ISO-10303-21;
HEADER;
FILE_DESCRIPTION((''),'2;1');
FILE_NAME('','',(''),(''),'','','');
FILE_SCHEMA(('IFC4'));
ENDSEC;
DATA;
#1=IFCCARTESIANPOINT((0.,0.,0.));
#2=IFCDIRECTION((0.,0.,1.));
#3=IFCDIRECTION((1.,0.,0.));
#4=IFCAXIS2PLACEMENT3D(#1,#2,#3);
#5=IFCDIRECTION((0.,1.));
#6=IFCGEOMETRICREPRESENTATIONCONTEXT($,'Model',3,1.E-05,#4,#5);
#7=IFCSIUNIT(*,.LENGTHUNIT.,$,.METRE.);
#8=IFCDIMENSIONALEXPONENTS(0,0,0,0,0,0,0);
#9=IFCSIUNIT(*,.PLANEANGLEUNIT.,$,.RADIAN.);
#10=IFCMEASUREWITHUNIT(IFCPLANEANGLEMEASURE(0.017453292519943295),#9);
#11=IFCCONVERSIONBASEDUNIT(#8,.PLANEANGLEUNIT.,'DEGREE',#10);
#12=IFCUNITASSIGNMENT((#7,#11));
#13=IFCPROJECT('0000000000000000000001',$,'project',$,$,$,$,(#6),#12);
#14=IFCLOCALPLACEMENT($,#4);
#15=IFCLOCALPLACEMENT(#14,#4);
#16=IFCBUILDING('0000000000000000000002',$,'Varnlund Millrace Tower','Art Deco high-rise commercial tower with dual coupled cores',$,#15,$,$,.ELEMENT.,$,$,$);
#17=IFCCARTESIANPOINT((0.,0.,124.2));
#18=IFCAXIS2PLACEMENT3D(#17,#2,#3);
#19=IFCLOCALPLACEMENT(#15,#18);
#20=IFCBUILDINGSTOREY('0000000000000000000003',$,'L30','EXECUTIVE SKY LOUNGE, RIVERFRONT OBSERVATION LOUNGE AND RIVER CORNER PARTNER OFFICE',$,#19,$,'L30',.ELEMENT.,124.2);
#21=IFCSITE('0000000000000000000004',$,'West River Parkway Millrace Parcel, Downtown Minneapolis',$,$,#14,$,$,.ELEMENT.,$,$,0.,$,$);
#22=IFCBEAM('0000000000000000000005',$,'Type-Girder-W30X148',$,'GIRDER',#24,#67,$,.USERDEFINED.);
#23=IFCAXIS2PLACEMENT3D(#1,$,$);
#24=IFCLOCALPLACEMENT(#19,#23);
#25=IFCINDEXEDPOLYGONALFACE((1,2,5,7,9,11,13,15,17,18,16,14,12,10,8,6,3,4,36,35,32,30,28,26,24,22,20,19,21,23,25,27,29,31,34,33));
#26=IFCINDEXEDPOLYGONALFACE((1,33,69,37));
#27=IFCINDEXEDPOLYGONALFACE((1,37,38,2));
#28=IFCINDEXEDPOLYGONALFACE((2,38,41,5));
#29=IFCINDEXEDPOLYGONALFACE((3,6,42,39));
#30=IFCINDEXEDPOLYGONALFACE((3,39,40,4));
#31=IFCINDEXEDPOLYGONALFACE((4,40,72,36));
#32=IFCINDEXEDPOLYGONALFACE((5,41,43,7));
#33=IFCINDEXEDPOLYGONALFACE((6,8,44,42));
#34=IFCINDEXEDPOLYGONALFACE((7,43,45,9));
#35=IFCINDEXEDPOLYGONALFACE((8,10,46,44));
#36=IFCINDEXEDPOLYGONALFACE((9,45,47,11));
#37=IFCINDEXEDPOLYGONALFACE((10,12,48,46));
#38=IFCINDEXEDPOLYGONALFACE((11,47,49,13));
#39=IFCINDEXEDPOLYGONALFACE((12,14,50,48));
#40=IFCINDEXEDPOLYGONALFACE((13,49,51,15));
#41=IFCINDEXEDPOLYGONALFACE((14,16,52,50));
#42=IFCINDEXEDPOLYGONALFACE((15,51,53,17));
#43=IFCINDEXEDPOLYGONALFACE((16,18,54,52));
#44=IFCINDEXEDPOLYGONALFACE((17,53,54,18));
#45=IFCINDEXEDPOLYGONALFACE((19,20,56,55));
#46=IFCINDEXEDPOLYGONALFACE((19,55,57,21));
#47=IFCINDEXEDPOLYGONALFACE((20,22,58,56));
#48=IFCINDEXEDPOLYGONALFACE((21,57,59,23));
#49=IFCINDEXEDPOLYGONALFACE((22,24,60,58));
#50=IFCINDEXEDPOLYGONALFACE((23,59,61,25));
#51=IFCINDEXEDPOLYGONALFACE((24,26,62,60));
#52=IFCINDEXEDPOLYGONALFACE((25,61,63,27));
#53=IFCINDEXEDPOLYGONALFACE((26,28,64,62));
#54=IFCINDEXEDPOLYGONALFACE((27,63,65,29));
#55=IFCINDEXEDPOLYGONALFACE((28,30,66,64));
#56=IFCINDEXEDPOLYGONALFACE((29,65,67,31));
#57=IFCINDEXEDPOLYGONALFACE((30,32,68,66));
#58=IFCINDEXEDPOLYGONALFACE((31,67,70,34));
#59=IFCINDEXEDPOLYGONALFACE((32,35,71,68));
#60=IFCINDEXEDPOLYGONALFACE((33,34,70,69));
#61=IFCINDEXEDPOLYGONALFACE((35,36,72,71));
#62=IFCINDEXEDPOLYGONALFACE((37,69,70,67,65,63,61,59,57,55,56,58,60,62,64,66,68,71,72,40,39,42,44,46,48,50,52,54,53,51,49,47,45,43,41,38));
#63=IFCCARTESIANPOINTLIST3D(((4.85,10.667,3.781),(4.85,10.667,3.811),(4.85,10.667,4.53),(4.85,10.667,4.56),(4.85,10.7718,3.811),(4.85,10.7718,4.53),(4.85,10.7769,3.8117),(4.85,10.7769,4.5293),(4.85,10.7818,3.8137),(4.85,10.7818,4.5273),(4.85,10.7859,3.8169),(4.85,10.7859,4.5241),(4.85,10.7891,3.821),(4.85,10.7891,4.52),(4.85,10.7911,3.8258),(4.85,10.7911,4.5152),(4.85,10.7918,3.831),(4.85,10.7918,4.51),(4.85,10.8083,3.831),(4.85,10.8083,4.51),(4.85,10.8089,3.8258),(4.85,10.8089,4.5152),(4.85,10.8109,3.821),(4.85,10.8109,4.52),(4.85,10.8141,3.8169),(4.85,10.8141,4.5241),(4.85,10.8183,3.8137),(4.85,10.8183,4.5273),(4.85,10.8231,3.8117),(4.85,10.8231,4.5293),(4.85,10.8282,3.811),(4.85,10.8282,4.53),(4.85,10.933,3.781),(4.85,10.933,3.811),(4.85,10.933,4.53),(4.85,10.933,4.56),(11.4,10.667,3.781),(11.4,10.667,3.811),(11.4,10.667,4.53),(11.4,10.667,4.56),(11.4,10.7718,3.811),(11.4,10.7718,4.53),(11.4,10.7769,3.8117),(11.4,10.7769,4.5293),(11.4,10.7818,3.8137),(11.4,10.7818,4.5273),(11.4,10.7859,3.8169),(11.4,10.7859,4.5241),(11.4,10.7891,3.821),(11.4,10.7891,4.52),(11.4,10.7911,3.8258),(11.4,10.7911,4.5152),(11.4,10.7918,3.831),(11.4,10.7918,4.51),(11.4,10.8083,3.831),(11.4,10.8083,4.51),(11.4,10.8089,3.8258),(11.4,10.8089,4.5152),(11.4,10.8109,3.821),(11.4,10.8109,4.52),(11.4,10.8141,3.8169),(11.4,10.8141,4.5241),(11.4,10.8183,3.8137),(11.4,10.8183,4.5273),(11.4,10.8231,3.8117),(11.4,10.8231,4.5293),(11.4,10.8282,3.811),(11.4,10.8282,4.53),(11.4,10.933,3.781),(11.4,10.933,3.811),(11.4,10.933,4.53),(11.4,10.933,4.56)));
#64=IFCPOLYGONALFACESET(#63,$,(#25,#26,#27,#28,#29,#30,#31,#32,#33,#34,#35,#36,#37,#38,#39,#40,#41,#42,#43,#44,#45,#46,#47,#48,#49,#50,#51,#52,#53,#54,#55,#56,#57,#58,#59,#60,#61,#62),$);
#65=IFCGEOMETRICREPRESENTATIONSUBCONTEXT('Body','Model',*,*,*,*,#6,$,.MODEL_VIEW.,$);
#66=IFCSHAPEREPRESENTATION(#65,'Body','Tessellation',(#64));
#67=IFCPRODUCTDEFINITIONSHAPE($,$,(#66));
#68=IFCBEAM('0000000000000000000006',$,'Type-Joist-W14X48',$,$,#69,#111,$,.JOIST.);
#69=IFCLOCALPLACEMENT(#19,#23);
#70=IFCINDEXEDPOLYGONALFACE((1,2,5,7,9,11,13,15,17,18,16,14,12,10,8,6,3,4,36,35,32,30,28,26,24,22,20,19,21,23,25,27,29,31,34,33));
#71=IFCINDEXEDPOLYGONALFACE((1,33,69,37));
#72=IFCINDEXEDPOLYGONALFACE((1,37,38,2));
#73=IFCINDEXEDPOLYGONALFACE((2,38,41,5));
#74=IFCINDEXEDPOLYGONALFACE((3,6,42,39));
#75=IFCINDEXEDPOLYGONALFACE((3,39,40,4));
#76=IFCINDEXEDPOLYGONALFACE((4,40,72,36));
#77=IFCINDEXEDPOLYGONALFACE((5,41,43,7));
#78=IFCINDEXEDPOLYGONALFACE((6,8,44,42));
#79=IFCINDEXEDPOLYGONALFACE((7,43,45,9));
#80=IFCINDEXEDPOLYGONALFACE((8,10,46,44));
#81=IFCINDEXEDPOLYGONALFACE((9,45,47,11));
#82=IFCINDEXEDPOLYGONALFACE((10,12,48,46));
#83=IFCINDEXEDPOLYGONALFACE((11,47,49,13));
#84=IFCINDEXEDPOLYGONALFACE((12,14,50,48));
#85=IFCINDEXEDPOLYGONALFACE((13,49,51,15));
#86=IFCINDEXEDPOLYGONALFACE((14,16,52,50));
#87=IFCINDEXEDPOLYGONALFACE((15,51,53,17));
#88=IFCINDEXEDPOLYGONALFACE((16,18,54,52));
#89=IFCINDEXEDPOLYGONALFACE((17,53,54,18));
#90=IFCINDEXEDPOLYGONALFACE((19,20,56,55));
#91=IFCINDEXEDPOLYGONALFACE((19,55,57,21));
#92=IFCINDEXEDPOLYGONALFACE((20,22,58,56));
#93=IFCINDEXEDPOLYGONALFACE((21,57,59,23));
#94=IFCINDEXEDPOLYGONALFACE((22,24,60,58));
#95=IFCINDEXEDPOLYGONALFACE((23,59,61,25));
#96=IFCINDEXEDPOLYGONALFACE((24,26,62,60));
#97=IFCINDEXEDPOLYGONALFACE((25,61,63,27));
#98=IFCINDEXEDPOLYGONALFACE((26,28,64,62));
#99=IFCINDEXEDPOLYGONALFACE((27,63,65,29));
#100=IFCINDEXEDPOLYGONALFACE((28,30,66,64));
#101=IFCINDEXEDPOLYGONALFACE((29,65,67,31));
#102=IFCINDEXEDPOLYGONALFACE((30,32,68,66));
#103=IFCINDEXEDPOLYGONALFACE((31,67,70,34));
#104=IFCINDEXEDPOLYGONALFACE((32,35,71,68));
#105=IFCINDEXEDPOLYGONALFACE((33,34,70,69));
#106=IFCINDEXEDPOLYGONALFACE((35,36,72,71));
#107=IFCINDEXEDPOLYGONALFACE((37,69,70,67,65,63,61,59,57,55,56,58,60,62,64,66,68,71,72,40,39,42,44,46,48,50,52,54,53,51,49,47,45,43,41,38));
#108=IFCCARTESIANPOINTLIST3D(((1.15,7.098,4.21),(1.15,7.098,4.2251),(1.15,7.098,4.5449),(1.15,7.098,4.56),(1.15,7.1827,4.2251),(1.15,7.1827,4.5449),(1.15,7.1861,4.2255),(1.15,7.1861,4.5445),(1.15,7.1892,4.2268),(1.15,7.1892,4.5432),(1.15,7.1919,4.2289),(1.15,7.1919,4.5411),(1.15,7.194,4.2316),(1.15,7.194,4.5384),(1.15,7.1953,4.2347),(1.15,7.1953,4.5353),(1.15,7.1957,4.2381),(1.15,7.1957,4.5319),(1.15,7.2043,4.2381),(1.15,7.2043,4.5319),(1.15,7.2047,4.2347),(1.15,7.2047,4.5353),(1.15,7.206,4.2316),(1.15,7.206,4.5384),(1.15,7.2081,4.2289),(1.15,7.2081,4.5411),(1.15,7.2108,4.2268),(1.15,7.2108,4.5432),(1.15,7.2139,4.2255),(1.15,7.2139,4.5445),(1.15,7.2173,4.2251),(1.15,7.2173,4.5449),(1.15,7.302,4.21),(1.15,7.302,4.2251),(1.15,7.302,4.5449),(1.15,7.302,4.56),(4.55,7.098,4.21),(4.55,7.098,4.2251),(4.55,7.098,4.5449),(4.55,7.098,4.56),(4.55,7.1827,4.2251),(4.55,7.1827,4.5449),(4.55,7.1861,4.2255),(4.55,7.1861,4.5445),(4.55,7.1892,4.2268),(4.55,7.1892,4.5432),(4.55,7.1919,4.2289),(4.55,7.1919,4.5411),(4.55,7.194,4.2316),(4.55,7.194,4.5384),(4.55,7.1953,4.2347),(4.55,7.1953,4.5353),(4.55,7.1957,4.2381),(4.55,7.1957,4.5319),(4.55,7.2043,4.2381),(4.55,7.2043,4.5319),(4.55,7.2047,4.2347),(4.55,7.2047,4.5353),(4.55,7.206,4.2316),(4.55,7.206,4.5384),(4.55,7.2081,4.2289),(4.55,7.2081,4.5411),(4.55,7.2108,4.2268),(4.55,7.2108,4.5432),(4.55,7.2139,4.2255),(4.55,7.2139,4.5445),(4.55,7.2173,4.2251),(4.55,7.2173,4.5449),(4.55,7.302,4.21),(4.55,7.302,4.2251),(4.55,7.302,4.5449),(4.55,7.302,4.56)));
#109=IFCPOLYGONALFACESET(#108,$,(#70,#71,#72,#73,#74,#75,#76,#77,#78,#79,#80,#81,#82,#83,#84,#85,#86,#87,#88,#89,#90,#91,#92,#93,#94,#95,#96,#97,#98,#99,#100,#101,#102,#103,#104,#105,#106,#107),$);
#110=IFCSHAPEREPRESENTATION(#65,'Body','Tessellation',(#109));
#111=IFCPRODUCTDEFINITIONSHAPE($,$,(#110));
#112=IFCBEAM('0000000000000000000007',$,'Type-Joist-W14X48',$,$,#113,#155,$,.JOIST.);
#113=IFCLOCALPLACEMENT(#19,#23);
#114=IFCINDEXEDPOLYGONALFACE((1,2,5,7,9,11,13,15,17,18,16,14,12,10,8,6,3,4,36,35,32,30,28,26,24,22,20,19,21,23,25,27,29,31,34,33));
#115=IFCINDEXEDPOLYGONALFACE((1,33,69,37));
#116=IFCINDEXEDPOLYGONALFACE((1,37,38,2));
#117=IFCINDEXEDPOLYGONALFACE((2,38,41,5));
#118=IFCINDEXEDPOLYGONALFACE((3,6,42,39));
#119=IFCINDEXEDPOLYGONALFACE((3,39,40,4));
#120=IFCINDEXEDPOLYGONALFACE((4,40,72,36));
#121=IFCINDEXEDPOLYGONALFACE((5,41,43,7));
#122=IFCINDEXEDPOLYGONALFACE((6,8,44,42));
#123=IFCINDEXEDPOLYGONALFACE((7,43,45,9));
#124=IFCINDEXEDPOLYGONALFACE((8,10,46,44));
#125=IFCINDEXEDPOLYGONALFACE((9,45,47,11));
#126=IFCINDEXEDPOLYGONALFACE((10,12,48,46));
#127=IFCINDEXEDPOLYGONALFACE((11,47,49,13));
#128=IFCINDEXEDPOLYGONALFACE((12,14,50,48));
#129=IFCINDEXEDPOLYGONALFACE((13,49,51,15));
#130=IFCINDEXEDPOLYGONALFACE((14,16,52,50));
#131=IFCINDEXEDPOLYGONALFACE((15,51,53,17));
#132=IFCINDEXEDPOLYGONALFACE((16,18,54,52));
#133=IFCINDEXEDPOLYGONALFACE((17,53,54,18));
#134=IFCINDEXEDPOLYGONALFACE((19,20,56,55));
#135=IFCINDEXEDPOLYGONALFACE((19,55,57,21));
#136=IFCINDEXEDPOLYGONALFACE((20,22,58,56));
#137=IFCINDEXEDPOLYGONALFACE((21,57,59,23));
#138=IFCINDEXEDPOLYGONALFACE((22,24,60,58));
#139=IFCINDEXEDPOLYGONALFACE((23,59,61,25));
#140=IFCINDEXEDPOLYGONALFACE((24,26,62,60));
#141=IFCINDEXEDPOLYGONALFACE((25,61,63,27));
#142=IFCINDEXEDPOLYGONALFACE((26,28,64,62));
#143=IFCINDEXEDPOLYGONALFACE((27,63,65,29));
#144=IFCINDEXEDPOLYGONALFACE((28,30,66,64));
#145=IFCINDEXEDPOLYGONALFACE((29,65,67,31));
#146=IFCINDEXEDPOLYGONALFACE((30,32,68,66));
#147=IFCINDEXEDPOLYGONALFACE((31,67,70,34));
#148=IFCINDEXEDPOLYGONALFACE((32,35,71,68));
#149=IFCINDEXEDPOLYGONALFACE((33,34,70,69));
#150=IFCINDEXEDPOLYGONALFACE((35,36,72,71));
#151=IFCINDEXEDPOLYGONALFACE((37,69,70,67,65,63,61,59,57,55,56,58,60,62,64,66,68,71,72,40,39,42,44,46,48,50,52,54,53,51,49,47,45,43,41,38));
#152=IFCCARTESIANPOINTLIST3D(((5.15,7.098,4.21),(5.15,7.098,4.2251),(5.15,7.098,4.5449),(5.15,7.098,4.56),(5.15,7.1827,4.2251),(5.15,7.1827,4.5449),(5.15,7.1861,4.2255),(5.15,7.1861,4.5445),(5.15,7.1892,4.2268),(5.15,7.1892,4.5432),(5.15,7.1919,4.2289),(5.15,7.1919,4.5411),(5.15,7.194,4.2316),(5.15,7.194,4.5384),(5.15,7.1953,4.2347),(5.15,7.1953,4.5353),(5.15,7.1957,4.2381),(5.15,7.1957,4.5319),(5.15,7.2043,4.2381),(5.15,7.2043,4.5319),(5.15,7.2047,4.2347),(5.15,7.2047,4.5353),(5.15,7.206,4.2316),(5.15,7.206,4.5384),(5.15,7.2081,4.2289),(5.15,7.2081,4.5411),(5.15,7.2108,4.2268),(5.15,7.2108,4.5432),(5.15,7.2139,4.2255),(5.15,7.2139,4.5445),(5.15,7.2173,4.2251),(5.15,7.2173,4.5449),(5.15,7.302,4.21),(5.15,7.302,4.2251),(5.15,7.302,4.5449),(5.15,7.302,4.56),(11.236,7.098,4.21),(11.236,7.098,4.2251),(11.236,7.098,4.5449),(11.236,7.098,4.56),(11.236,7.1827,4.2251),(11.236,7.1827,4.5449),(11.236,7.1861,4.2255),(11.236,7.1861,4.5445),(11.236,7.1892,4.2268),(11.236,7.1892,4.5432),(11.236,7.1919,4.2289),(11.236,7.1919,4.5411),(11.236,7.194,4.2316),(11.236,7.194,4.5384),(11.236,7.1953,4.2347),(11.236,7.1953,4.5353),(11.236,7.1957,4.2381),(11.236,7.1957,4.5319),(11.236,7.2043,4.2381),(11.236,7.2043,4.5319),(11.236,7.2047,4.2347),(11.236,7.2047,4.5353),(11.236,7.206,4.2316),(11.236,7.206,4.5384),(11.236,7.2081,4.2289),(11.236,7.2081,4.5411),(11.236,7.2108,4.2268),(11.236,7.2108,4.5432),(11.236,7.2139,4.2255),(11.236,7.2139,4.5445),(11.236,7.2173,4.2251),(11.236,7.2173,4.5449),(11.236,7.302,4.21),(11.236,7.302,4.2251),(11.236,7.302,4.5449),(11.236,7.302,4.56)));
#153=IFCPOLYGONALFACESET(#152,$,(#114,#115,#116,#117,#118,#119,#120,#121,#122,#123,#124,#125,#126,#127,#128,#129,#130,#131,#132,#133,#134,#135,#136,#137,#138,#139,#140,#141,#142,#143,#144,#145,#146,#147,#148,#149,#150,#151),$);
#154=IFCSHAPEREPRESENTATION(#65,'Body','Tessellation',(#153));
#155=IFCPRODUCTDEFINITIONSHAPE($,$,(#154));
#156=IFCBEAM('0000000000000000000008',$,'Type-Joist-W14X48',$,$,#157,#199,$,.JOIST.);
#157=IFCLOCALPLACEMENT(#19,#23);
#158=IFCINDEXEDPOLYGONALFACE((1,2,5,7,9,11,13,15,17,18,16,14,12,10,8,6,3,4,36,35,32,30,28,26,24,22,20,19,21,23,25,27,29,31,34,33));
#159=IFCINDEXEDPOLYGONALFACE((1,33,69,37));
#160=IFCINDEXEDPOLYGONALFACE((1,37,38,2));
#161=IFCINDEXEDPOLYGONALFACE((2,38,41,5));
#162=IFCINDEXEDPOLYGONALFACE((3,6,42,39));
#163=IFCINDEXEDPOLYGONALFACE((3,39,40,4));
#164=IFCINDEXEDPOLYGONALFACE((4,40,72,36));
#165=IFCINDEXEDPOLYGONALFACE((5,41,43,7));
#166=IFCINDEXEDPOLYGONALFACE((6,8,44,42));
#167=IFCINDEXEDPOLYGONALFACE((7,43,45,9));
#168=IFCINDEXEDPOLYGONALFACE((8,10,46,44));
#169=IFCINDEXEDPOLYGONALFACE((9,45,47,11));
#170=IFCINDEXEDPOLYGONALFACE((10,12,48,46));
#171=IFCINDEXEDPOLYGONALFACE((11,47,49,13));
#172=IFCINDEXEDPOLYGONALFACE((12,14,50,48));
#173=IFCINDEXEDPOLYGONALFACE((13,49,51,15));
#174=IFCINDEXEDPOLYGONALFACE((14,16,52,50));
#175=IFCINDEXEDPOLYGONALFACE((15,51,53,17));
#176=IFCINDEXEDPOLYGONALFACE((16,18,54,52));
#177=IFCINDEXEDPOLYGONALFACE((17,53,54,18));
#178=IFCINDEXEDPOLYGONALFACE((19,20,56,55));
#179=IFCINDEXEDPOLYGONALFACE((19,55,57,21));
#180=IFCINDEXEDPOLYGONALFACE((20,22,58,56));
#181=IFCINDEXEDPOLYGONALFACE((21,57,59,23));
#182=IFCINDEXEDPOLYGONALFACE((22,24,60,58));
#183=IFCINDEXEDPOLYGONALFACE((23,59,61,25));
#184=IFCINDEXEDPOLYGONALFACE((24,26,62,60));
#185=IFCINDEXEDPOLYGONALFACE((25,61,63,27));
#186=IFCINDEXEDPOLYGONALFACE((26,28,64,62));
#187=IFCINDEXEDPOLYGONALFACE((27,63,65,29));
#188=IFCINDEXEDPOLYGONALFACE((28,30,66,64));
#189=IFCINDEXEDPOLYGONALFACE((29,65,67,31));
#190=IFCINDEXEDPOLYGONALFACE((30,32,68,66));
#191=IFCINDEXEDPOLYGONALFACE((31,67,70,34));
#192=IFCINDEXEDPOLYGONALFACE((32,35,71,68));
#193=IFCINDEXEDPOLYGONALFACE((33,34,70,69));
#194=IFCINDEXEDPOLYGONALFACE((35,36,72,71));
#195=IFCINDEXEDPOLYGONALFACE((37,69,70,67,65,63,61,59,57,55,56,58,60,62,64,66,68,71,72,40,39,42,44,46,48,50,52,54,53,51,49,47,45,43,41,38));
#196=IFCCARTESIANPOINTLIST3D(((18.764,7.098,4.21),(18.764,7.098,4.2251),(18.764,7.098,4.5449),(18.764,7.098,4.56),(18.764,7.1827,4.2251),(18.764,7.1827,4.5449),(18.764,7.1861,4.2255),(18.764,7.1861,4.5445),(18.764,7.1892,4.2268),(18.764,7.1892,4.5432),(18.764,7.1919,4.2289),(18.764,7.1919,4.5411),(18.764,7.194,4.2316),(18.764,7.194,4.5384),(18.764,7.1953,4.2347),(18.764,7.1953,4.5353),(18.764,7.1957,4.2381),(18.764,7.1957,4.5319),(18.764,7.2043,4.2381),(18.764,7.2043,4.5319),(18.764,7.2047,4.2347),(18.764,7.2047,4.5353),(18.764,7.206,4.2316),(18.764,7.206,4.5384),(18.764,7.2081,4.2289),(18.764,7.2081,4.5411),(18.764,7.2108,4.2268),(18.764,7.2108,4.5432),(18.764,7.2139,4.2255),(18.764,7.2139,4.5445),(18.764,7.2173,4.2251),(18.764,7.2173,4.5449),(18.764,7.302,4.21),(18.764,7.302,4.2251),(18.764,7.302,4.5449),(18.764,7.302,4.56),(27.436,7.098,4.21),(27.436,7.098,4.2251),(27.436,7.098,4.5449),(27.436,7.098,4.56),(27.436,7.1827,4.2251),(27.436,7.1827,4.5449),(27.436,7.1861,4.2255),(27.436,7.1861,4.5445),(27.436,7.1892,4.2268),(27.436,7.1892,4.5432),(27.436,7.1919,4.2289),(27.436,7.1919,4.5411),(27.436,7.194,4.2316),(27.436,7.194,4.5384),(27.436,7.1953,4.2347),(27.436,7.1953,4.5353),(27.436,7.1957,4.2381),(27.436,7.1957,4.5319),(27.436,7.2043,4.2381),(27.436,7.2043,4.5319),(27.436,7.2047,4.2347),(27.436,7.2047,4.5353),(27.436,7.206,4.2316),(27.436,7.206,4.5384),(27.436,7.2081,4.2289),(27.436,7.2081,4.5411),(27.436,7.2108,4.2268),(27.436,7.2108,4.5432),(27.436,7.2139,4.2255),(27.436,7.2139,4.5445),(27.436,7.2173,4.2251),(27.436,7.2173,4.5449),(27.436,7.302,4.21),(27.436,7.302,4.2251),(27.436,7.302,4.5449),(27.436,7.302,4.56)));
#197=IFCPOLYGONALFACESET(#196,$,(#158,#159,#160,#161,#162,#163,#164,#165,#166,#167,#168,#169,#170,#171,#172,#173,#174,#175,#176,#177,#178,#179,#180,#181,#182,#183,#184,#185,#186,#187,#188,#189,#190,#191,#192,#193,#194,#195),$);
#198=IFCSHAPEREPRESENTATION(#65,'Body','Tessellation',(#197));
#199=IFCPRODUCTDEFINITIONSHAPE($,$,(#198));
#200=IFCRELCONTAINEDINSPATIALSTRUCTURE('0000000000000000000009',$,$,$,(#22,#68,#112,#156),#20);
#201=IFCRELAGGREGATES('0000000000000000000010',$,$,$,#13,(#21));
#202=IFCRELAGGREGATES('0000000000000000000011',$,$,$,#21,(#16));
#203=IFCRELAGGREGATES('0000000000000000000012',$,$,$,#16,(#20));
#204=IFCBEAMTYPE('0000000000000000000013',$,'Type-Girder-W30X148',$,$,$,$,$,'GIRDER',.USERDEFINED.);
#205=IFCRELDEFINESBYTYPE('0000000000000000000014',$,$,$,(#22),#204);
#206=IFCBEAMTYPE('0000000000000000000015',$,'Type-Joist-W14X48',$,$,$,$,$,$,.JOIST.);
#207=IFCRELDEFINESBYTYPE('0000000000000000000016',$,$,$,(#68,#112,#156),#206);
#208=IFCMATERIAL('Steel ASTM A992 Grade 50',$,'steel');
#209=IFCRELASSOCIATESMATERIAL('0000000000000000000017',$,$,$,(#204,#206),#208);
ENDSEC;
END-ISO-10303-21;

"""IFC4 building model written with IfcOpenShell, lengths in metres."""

from ifc_helpers import new_model, entity, si_unit, converted_unit, direction, frame, origin_with_axes, origin_2d_with_axis, place, context, subcontext, project, spatial, i_section, extrude, material, material_profile, profile_set, type_object, element, save


model = new_model("IFC4")

# Units and contexts
model_context = context("Model", 3, precision=1e-05, world=origin_with_axes(), true_north=direction((0.0, 1.0)))
body_context = subcontext(model_context, "Body", "Model", "MODEL_VIEW")
ifc_project = project(units=[si_unit("LENGTHUNIT", "METRE"), converted_unit("PLANEANGLEUNIT", "DEGREE", entity("IfcPlaneAngleMeasure", 0.017453292519943295), si_unit("PLANEANGLEUNIT", "RADIAN"), dimensions=[0, 0, 0, 0, 0, 0, 0])], contexts=[model_context])

# Site, building, storey
site_placement = place(None, origin_with_axes())
site = spatial("IfcSite", under=ifc_project, at=site_placement, Name="West River Parkway Millrace Parcel, Downtown Minneapolis", CompositionType="ELEMENT", RefElevation=0.0)
building_placement = place(site_placement, origin_with_axes())
building = spatial("IfcBuilding", under=site, at=building_placement, Name="Varnlund Millrace Tower", Description="Art Deco high-rise commercial tower with dual coupled cores", CompositionType="ELEMENT")
storey_placement = place(building_placement, frame((0.0, 0.0, 124.2), z_axis=(0.0, 0.0, 1.0), x_axis=(1.0, 0.0, 0.0)))
storey = spatial("IfcBuildingStorey", under=building, at=storey_placement, Name="L30", Description="EXECUTIVE SKY LOUNGE, RIVERFRONT OBSERVATION LOUNGE AND RIVER CORNER PARTNER OFFICE", LongName="L30", CompositionType="ELEMENT", Elevation=124.2)

# Beams
ifc_material_1 = material(Name="Steel ASTM A992 Grade 50", Category="steel")
ifc_material_profile_1 = material_profile(ifc_material_1, i_section(OverallWidth=0.266, OverallDepth=0.779, WebThickness=0.0165, FlangeThickness=0.03, FilletRadius=0.02, at=origin_2d_with_axis()), Name="Steel ASTM A992 Grade 50")
ifc_profile_set_1 = profile_set([ifc_material_profile_1], Name="Steel ASTM A992 Grade 50")
beam_type_1 = type_object("IfcBeamType", Name="Type-Girder-W30X148", ElementType="GIRDER", PredefinedType="USERDEFINED", material=ifc_profile_set_1)
beam_1_placement = place(storey_placement, frame((4.85, 10.8, 4.1705), z_axis=(1.0, 0.0, 0.0), x_axis=(0.0, 1.0, 0.0)))
element("IfcBeam", 1, at=beam_1_placement, inside=storey, type_object=beam_type_1, Name="Type-Girder-W30X148", ObjectType="GIRDER", PredefinedType="USERDEFINED", context=body_context, shape_type="SweptSolid", body=[
    extrude(i_section(OverallWidth=0.266, OverallDepth=0.779, WebThickness=0.0165, FlangeThickness=0.03, FilletRadius=0.02, at=origin_2d_with_axis()), origin_with_axes(), (0.0, 0.0, 1.0), 6.55),
])
ifc_material_profile_2 = material_profile(ifc_material_1, i_section(OverallWidth=0.204, OverallDepth=0.35, WebThickness=0.0086, FlangeThickness=0.0151, FilletRadius=0.013, at=origin_2d_with_axis()), Name="Steel ASTM A992 Grade 50")
ifc_profile_set_2 = profile_set([ifc_material_profile_2], Name="Steel ASTM A992 Grade 50")
beam_type_2 = type_object("IfcBeamType", Name="Type-Joist-W14X48", PredefinedType="JOIST", material=ifc_profile_set_2)
beam_2_placement = place(storey_placement, frame((1.15, 7.2, 4.385), z_axis=(1.0, 0.0, 0.0), x_axis=(0.0, 1.0, 0.0)))
element("IfcBeam", 2, at=beam_2_placement, inside=storey, type_object=beam_type_2, Name="Type-Joist-W14X48", PredefinedType="JOIST", context=body_context, shape_type="SweptSolid", body=[
    extrude(i_section(OverallWidth=0.204, OverallDepth=0.35, WebThickness=0.0086, FlangeThickness=0.0151, FilletRadius=0.013, at=origin_2d_with_axis()), origin_with_axes(), (0.0, 0.0, 1.0), 3.4),
])
beam_3_placement = place(storey_placement, frame((5.15, 7.2, 4.385), z_axis=(1.0, 0.0, 0.0), x_axis=(0.0, 1.0, 0.0)))
element("IfcBeam", 3, at=beam_3_placement, inside=storey, type_object=beam_type_2, Name="Type-Joist-W14X48", PredefinedType="JOIST", context=body_context, shape_type="SweptSolid", body=[
    extrude(i_section(OverallWidth=0.204, OverallDepth=0.35, WebThickness=0.0086, FlangeThickness=0.0151, FilletRadius=0.013, at=origin_2d_with_axis()), origin_with_axes(), (0.0, 0.0, 1.0), 6.086),
])
beam_4_placement = place(storey_placement, frame((18.764, 7.2, 4.385), z_axis=(1.0, 0.0, 0.0), x_axis=(0.0, 1.0, 0.0)))
element("IfcBeam", 4, at=beam_4_placement, inside=storey, type_object=beam_type_2, Name="Type-Joist-W14X48", PredefinedType="JOIST", context=body_context, shape_type="SweptSolid", body=[
    extrude(i_section(OverallWidth=0.204, OverallDepth=0.35, WebThickness=0.0086, FlangeThickness=0.0151, FilletRadius=0.013, at=origin_2d_with_axis()), origin_with_axes(), (0.0, 0.0, 1.0), 8.672),
])

save(model, "model.ifc")
